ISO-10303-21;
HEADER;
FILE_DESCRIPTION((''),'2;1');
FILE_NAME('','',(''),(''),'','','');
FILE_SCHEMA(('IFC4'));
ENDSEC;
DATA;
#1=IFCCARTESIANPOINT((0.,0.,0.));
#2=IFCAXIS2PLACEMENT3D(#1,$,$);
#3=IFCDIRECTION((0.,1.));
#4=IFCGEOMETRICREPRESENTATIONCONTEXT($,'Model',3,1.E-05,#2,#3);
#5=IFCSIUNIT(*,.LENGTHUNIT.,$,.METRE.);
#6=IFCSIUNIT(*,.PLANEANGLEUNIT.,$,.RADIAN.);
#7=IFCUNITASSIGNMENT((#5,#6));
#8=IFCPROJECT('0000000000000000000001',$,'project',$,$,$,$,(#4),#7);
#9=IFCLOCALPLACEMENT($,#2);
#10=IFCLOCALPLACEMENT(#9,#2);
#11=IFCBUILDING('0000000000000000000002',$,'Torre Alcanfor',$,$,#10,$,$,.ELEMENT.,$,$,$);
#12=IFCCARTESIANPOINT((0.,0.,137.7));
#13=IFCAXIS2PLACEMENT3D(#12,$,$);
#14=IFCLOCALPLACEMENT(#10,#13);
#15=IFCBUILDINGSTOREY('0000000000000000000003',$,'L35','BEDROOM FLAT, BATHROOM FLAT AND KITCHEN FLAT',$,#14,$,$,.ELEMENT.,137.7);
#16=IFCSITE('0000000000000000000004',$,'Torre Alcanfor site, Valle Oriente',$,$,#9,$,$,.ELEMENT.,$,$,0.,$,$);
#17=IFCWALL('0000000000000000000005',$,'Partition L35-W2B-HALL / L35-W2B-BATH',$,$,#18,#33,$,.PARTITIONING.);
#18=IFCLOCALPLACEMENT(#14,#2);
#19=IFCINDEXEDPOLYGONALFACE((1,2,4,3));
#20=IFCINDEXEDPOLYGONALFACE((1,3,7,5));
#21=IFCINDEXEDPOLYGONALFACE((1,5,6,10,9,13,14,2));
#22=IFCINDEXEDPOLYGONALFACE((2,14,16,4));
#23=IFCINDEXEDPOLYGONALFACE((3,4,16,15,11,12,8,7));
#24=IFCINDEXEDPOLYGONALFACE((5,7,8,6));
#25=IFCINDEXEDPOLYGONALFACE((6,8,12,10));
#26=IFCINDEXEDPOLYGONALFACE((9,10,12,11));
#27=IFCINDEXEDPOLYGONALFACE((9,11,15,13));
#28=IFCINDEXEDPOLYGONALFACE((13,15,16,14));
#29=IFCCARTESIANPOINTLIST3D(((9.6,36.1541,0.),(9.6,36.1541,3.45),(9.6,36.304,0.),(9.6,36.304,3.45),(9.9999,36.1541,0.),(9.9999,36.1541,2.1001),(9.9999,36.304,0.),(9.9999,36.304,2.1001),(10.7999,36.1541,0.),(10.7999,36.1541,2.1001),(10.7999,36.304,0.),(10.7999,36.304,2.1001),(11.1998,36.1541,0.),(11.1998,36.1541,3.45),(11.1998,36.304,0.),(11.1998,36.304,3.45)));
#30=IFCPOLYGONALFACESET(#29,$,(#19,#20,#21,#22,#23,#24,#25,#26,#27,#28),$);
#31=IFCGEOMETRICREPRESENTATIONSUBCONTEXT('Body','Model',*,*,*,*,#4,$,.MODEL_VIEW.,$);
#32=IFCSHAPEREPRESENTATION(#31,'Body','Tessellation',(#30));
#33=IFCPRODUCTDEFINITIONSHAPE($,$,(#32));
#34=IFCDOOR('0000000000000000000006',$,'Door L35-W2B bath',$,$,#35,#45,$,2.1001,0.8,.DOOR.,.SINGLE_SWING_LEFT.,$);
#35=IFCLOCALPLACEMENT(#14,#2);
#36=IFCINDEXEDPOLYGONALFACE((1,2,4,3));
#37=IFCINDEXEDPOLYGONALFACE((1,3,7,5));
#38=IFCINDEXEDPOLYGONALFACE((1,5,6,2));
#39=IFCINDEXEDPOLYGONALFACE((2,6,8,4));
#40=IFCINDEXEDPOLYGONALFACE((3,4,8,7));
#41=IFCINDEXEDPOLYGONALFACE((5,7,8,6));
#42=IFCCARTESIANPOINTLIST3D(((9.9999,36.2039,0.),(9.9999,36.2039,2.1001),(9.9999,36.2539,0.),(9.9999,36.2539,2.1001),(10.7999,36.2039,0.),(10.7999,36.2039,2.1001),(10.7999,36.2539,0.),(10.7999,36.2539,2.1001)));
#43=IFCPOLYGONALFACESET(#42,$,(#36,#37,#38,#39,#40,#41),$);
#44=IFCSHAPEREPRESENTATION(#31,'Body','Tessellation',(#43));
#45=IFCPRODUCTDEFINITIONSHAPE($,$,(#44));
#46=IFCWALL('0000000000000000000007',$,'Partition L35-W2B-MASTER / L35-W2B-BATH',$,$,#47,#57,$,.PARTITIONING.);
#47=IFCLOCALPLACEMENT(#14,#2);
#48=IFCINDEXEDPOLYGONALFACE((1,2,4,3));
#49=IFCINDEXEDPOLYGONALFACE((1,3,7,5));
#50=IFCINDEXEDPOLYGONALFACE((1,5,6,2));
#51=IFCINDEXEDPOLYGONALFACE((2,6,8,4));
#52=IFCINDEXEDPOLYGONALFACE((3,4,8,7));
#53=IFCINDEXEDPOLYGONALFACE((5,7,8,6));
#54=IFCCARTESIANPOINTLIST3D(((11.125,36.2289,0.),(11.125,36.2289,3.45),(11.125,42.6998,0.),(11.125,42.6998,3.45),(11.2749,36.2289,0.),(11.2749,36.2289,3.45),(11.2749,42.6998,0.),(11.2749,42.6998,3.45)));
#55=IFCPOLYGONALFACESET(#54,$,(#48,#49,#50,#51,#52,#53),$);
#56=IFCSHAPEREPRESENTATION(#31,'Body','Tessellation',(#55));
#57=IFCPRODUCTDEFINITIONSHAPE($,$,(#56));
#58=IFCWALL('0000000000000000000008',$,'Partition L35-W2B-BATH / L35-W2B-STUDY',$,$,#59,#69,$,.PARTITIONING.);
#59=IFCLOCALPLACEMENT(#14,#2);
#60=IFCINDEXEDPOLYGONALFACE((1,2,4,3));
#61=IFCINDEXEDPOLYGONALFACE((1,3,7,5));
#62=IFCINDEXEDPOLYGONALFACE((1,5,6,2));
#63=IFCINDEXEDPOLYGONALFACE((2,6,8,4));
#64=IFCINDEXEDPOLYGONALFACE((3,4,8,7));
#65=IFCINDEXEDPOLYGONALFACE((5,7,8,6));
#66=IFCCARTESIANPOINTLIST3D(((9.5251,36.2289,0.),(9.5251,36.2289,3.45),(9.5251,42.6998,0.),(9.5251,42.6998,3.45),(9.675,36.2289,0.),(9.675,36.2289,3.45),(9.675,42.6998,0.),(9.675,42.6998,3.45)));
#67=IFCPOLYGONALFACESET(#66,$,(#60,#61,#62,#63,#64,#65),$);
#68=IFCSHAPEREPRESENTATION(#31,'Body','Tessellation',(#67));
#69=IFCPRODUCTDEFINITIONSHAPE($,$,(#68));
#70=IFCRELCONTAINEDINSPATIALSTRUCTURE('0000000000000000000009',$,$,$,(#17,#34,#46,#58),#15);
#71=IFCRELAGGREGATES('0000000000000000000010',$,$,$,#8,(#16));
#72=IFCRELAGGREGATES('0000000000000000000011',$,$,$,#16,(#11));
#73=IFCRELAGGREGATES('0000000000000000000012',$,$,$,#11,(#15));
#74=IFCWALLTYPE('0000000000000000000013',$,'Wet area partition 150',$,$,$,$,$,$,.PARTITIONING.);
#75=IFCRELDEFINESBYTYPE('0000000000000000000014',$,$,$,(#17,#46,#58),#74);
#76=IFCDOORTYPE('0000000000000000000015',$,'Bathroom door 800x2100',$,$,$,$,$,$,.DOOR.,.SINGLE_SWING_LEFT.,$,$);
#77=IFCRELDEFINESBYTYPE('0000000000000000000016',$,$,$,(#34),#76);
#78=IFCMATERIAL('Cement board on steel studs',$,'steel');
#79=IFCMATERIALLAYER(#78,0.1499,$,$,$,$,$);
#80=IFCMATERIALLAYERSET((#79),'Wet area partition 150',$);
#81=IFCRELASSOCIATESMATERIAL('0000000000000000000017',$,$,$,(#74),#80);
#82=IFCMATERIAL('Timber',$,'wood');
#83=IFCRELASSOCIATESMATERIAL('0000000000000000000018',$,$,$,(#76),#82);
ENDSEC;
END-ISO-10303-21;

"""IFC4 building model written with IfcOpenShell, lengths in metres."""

from ifc_helpers import new_model, si_unit, direction, frame, frame_2d, origin, place, context, subcontext, project, spatial, rectangle, extrude, material, layer, layer_set, type_object, element, fill, save


model = new_model("IFC4")

# Units and contexts
model_context = context("Model", 3, precision=1e-05, world=origin(), true_north=direction((0.0, 1.0)))
body_context = subcontext(model_context, "Body", "Model", "MODEL_VIEW")
ifc_project = project(units=[si_unit("LENGTHUNIT", "METRE"), si_unit("PLANEANGLEUNIT", "RADIAN")], contexts=[model_context])

# Site, building, storey
site_placement = place(None, origin())
site = spatial("IfcSite", under=ifc_project, at=site_placement, Name="Torre Alcanfor site, Valle Oriente", CompositionType="ELEMENT", RefElevation=0.0)
building_placement = place(site_placement, origin())
building = spatial("IfcBuilding", under=site, at=building_placement, Name="Torre Alcanfor", CompositionType="ELEMENT")
storey_placement = place(building_placement, frame((0.0, 0.0, 137.7)))
storey = spatial("IfcBuildingStorey", under=building, at=storey_placement, Name="L35", Description="BEDROOM FLAT, BATHROOM FLAT AND KITCHEN FLAT", CompositionType="ELEMENT", Elevation=137.7)

# Wall, opening, door
ifc_material_1 = material(Name="Cement board on steel studs", Category="steel")
ifc_layer_1 = layer(ifc_material_1, 0.1499)
ifc_layer_set_1 = layer_set([ifc_layer_1], Name="Wet area partition 150")
wall_type_1 = type_object("IfcWallType", Name="Wet area partition 150", PredefinedType="PARTITIONING", material=ifc_layer_set_1)
wall_1_placement = place(storey_placement, frame((9.6001, 36.229, 0.0), z_axis=(0.0, 0.0, 1.0), x_axis=(1.0, 0.0, 0.0)))
wall_1 = element("IfcWall", 1, at=wall_1_placement, inside=storey, type_object=wall_type_1, Name="Partition L35-W2B-HALL / L35-W2B-BATH", PredefinedType="PARTITIONING", context=body_context, shape_type="SweptSolid", body=[
    extrude(rectangle(XDim=1.5999, YDim=0.1499, at=frame_2d((0.7998, 0.0))), origin(), (0.0, 0.0, 1.0), 3.45),
])
opening_1_placement = place(wall_1_placement, frame((0.3999, 0.0, 0.0)))
opening_1 = element("IfcOpeningElement", 2, at=opening_1_placement, cuts=wall_1, PredefinedType="OPENING", context=body_context, shape_type="SweptSolid", body=[
    extrude(rectangle(XDim=0.8, YDim=2.1001, at=frame_2d((0.3999, 1.05))), frame((0.0, 0.085, 0.0), z_axis=(0.0, -1.0, 0.0), x_axis=(1.0, 0.0, 0.0)), (0.0, 0.0, 1.0), 0.1699),
])
ifc_material_2 = material(Name="Timber", Category="wood")
door_type_1 = type_object("IfcDoorType", Name="Bathroom door 800x2100", OperationType="SINGLE_SWING_LEFT", PredefinedType="DOOR", material=ifc_material_2)
door_1_placement = place(opening_1_placement, origin())
door_1 = element("IfcDoor", 3, at=door_1_placement, inside=storey, type_object=door_type_1, Name="Door L35-W2B bath", OperationType="SINGLE_SWING_LEFT", OverallHeight=2.1001, OverallWidth=0.8, PredefinedType="DOOR", context=body_context, shape_type="SweptSolid", body=[
    extrude(rectangle(XDim=0.8, YDim=2.1001, at=frame_2d((0.3999, 1.05))), frame((0.0, 0.0249, 0.0), z_axis=(0.0, -1.0, 0.0), x_axis=(1.0, 0.0, 0.0)), (0.0, 0.0, 1.0), 0.05),
])
fill(opening_1, door_1)

# Walls
for number, where, z_axis, x_axis, name in (
    (4, (11.2, 36.229, 0.0), (0.0, 0.0, 1.0), (0.0, 1.0, 0.0), "Partition L35-W2B-MASTER / L35-W2B-BATH"),
    (5, (9.6001, 36.229, 0.0), (0.0, 0.0, 1.0), (0.0, 1.0, 0.0), "Partition L35-W2B-BATH / L35-W2B-STUDY"),
):
    element("IfcWall", number, at=place(storey_placement, frame(where, z_axis=z_axis, x_axis=x_axis)), inside=storey, type_object=wall_type_1, Name=name, PredefinedType="PARTITIONING", context=body_context, shape_type="SweptSolid", body=[
        extrude(rectangle(XDim=6.4709, YDim=0.1499, at=frame_2d((3.2354, 0.0))), origin(), (0.0, 0.0, 1.0), 3.45),
    ])

save(model, "model.ifc")
